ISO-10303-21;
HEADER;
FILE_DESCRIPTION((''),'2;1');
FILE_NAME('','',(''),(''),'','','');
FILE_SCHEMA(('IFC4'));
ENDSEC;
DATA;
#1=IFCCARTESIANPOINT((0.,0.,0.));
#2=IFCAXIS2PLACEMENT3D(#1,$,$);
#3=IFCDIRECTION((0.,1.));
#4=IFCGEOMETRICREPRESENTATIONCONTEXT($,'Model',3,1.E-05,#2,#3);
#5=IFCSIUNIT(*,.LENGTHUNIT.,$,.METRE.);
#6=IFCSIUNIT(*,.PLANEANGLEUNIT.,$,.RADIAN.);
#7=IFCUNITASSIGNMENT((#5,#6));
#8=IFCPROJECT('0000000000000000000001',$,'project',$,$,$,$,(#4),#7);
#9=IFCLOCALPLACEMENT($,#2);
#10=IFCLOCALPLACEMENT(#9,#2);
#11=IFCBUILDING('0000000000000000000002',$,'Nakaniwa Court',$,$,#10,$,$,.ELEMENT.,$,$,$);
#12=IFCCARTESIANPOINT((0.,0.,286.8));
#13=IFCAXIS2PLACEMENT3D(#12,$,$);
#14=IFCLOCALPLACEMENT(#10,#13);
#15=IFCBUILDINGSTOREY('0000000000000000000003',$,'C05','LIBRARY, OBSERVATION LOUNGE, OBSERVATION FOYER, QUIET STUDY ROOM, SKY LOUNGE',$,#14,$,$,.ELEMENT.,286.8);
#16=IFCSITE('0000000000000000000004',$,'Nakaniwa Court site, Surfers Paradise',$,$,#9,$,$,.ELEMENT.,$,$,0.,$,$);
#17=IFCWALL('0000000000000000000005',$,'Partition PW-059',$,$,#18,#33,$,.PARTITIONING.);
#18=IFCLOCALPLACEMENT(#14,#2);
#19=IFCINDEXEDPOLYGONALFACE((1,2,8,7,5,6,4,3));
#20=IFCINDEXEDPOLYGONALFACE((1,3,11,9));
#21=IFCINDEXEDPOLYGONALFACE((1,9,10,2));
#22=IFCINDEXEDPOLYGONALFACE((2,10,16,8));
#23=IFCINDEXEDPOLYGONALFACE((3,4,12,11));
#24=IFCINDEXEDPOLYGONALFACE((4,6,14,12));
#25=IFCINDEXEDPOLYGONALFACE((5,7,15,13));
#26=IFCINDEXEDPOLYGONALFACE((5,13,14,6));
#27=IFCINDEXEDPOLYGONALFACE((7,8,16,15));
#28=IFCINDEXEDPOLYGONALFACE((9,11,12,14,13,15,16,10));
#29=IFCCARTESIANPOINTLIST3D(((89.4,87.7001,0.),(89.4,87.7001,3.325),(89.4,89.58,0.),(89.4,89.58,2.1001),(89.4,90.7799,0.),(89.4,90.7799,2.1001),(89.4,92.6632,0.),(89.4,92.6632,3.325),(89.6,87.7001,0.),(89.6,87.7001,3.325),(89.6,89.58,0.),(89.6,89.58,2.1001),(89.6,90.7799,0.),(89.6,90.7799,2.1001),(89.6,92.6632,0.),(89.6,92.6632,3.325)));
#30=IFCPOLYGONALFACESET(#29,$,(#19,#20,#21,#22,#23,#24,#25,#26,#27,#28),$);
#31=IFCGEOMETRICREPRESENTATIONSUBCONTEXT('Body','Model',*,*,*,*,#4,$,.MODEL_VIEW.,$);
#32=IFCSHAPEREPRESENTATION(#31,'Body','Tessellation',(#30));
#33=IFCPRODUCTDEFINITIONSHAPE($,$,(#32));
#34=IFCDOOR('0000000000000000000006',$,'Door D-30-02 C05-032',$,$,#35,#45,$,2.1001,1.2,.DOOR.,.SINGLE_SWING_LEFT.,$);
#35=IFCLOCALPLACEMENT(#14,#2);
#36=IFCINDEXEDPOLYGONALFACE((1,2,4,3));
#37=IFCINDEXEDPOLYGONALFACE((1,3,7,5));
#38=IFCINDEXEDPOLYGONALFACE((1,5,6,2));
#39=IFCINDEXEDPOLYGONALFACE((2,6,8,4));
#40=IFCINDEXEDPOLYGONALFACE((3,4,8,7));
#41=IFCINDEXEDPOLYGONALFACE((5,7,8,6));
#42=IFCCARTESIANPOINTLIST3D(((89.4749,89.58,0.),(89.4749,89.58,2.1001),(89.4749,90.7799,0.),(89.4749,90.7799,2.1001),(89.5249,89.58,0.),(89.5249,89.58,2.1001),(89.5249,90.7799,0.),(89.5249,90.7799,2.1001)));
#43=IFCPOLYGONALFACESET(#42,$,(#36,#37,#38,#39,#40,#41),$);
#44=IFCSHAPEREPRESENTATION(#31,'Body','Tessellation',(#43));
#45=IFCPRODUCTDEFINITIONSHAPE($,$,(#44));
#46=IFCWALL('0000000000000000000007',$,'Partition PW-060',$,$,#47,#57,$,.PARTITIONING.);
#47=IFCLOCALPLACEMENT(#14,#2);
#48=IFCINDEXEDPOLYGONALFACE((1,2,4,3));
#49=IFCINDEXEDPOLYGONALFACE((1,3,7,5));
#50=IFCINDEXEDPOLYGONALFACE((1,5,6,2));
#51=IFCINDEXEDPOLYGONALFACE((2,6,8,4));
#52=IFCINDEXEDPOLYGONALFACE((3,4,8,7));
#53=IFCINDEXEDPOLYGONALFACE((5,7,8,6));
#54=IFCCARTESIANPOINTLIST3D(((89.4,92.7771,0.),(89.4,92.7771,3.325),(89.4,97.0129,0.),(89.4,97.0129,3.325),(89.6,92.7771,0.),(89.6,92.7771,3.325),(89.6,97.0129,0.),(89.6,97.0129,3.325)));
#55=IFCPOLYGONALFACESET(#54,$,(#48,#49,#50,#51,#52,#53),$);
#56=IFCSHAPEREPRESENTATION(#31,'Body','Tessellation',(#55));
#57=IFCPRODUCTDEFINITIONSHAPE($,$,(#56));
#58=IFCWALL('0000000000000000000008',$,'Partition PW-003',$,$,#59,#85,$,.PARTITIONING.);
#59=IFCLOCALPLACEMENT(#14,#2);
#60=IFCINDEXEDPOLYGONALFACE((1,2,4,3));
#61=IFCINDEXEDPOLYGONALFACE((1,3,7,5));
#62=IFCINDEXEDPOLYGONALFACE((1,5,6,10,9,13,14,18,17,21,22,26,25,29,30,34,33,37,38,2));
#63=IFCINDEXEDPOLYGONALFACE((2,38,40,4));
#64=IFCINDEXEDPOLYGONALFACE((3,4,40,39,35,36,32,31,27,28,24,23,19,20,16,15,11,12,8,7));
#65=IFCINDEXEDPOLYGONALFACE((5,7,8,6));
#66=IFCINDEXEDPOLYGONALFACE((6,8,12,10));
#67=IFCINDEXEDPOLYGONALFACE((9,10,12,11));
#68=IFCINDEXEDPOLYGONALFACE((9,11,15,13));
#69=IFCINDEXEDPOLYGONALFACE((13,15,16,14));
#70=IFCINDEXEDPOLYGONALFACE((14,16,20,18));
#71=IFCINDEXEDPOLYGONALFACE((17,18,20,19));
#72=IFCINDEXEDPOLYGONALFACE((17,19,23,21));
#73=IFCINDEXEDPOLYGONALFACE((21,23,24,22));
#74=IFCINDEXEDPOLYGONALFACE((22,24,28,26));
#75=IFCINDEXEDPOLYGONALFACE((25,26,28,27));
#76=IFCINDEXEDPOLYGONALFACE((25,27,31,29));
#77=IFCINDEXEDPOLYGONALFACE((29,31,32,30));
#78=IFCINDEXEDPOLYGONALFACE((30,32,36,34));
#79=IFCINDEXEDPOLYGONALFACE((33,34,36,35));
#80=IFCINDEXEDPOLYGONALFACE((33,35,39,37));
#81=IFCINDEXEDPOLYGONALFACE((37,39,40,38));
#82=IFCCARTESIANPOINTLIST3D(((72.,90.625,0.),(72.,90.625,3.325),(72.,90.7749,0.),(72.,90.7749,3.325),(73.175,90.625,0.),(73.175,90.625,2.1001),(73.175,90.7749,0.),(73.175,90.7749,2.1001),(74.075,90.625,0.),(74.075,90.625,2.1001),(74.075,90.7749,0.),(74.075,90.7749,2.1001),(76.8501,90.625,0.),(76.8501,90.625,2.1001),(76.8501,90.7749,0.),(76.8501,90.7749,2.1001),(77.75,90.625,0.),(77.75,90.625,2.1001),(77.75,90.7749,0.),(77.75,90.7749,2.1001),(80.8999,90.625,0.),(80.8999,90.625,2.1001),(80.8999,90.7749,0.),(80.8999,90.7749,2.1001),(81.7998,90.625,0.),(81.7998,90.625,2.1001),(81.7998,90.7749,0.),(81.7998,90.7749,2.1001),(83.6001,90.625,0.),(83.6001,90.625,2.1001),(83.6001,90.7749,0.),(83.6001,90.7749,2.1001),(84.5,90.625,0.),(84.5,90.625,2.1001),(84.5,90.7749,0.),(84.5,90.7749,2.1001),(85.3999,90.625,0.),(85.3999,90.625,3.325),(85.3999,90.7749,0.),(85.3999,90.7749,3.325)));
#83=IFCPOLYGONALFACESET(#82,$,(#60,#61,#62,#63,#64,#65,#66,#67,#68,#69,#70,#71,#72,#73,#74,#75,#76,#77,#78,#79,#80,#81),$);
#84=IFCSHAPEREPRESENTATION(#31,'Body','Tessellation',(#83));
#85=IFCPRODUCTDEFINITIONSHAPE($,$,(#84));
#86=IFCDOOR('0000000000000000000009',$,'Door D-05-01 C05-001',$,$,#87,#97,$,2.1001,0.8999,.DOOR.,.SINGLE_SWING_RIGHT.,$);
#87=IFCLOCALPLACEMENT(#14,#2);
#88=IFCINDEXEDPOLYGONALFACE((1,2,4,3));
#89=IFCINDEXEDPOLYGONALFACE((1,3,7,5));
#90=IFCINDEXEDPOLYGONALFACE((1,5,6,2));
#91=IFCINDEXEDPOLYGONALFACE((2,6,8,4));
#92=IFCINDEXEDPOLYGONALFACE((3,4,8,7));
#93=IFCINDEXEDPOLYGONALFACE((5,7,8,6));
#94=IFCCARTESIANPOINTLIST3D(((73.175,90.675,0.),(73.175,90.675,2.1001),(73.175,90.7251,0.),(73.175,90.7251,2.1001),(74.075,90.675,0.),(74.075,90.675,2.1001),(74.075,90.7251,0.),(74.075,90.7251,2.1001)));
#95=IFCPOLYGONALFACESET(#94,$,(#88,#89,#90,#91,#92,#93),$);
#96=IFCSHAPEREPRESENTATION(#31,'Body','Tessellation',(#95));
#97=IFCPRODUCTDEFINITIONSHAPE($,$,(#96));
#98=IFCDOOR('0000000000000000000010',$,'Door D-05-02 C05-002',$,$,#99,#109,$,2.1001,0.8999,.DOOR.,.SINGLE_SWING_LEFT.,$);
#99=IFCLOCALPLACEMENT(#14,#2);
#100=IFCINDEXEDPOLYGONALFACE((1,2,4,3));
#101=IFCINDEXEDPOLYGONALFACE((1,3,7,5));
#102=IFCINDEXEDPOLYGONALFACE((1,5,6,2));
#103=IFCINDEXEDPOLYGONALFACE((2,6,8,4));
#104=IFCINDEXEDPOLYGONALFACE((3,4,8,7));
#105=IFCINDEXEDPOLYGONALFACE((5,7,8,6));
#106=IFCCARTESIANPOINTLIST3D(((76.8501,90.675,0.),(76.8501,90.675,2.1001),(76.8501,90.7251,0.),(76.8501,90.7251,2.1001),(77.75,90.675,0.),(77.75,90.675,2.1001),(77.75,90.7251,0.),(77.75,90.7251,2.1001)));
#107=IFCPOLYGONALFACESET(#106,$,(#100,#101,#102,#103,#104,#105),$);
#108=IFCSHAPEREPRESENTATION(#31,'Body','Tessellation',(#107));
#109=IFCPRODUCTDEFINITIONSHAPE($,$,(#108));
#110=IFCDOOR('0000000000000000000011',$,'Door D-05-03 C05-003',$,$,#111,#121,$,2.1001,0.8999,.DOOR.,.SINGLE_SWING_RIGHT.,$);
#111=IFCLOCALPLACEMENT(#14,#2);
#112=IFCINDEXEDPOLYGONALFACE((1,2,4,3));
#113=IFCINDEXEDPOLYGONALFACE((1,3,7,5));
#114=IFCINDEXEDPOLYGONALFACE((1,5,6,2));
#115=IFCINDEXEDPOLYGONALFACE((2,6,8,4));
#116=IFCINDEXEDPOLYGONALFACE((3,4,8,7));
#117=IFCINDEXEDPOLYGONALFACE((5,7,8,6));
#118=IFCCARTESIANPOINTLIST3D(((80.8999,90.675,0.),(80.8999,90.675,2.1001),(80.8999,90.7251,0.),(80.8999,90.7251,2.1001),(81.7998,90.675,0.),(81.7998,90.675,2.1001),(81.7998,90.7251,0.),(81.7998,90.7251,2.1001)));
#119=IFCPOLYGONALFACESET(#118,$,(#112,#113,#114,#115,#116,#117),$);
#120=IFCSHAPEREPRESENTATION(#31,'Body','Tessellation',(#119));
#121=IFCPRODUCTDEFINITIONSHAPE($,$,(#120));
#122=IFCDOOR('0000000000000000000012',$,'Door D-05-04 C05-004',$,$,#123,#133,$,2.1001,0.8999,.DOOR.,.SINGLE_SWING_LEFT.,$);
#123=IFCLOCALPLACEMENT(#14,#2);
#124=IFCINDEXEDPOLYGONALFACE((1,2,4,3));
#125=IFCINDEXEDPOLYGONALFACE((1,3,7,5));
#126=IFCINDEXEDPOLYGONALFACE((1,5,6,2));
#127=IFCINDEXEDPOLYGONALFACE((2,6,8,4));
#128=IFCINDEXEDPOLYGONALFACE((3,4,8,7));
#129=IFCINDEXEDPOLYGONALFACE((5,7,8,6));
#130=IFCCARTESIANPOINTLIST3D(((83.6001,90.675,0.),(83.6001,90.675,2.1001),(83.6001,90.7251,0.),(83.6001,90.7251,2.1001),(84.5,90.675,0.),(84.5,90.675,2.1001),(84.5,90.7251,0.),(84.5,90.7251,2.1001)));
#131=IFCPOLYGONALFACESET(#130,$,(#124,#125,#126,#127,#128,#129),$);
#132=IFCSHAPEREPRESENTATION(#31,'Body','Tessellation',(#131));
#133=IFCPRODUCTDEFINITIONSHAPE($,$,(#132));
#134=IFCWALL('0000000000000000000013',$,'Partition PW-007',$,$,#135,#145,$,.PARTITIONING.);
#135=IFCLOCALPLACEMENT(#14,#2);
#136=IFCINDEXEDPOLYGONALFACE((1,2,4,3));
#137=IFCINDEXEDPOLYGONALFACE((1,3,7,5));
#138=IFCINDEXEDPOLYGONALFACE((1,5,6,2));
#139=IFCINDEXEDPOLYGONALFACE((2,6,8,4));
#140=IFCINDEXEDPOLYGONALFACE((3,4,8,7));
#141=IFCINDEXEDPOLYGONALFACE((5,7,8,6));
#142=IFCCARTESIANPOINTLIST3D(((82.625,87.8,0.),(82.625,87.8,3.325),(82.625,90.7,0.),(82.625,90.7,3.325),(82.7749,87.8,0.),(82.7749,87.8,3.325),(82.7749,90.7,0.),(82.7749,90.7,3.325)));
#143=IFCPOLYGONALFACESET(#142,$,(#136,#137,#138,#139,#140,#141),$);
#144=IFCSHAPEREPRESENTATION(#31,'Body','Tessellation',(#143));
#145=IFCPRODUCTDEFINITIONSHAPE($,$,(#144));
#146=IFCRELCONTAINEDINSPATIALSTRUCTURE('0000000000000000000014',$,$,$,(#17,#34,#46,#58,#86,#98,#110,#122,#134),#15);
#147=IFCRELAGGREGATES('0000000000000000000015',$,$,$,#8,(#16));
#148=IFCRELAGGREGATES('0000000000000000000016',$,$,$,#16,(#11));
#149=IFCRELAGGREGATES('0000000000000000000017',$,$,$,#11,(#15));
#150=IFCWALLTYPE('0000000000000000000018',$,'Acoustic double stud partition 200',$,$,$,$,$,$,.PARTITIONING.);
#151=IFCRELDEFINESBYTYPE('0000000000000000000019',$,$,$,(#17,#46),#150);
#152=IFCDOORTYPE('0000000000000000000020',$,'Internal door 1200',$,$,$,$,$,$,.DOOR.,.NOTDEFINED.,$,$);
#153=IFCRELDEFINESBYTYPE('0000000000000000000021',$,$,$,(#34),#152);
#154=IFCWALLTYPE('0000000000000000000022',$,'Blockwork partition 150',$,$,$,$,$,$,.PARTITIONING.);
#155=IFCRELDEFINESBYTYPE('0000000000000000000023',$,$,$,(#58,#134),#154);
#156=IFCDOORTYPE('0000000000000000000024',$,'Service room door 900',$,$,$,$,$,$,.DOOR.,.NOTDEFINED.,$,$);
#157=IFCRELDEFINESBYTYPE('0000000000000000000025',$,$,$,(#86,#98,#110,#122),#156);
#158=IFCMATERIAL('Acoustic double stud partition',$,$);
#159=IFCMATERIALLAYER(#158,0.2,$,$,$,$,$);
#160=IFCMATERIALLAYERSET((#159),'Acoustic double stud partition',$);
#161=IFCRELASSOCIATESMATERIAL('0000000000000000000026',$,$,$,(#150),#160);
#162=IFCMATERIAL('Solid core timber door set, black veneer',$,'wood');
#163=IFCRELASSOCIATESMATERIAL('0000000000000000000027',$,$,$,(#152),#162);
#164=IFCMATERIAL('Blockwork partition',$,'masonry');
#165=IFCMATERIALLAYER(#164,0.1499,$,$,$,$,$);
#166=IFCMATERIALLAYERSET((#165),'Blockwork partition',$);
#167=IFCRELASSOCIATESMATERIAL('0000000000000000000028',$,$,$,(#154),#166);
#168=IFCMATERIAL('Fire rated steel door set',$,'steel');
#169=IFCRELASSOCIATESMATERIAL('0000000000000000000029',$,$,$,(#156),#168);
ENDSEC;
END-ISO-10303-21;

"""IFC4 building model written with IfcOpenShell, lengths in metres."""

from ifc_helpers import new_model, si_unit, direction, frame, frame_2d, origin, place, context, subcontext, project, spatial, rectangle, extrude, material, layer, layer_set, type_object, element, fill, save


model = new_model("IFC4")

# Units and contexts
model_context = context("Model", 3, precision=1e-05, world=origin(), true_north=direction((0.0, 1.0)))
body_context = subcontext(model_context, "Body", "Model", "MODEL_VIEW")
ifc_project = project(units=[si_unit("LENGTHUNIT", "METRE"), si_unit("PLANEANGLEUNIT", "RADIAN")], contexts=[model_context])

# Site, building, storey
site_placement = place(None, origin())
site = spatial("IfcSite", under=ifc_project, at=site_placement, Name="Nakaniwa Court site, Surfers Paradise", CompositionType="ELEMENT", RefElevation=0.0)
building_placement = place(site_placement, origin())
building = spatial("IfcBuilding", under=site, at=building_placement, Name="Nakaniwa Court", CompositionType="ELEMENT")
storey_placement = place(building_placement, frame((0.0, 0.0, 286.8)))
storey = spatial("IfcBuildingStorey", under=building, at=storey_placement, Name="C05", Description="LIBRARY, OBSERVATION LOUNGE, OBSERVATION FOYER, QUIET STUDY ROOM, SKY LOUNGE", CompositionType="ELEMENT", Elevation=286.8)

# Wall, opening, door
ifc_material_1 = material(Name="Acoustic double stud partition")
ifc_layer_1 = layer(ifc_material_1, 0.2)
ifc_layer_set_1 = layer_set([ifc_layer_1], Name="Acoustic double stud partition")
wall_type_1 = type_object("IfcWallType", Name="Acoustic double stud partition 200", PredefinedType="PARTITIONING", material=ifc_layer_set_1)
wall_1_placement = place(storey_placement, frame((89.5, 92.6631, 0.0), z_axis=(0.0, 0.0, 1.0), x_axis=(0.0, -1.0, 0.0)))
wall_1 = element("IfcWall", 1, at=wall_1_placement, inside=storey, type_object=wall_type_1, Name="Partition PW-059", PredefinedType="PARTITIONING", context=body_context, shape_type="SweptSolid", body=[
    extrude(rectangle(XDim=4.9631, YDim=0.2, at=frame_2d((2.4814, 0.0))), origin(), (0.0, 0.0, 1.0), 3.325),
])
opening_1_placement = place(wall_1_placement, frame((1.8831, 0.0, 0.0)))
opening_1 = element("IfcOpeningElement", 2, at=opening_1_placement, cuts=wall_1, PredefinedType="OPENING", context=body_context, shape_type="SweptSolid", body=[
    extrude(rectangle(XDim=1.2, YDim=2.1001, at=frame_2d((0.6001, 1.05))), frame((0.0, 0.1099, 0.0), z_axis=(0.0, -1.0, 0.0), x_axis=(1.0, 0.0, 0.0)), (0.0, 0.0, 1.0), 0.22),
])
ifc_material_2 = material(Name="Solid core timber door set, black veneer", Category="wood")
door_type_1 = type_object("IfcDoorType", Name="Internal door 1200", OperationType="NOTDEFINED", PredefinedType="DOOR", material=ifc_material_2)
door_1_placement = place(opening_1_placement, origin())
door_1 = element("IfcDoor", 3, at=door_1_placement, inside=storey, type_object=door_type_1, Name="Door D-30-02 C05-032", OperationType="SINGLE_SWING_LEFT", OverallHeight=2.1001, OverallWidth=1.2, PredefinedType="DOOR", context=body_context, shape_type="SweptSolid", body=[
    extrude(rectangle(XDim=1.2, YDim=2.1001, at=frame_2d((0.6001, 1.05))), frame((0.0, 0.0249, 0.0), z_axis=(0.0, -1.0, 0.0), x_axis=(1.0, 0.0, 0.0)), (0.0, 0.0, 1.0), 0.05),
])
fill(opening_1, door_1)

# Wall
wall_2_placement = place(storey_placement, frame((89.5, 92.7771, 0.0), z_axis=(0.0, 0.0, 1.0), x_axis=(0.0, 1.0, 0.0)))
element("IfcWall", 4, at=wall_2_placement, inside=storey, type_object=wall_type_1, Name="Partition PW-060", PredefinedType="PARTITIONING", context=body_context, shape_type="SweptSolid", body=[
    extrude(rectangle(XDim=4.2358, YDim=0.2, at=frame_2d((2.1179, 0.0))), origin(), (0.0, 0.0, 1.0), 3.325),
])

# Wall, openings, doors
ifc_material_3 = material(Name="Blockwork partition", Category="masonry")
ifc_layer_2 = layer(ifc_material_3, 0.1499)
ifc_layer_set_2 = layer_set([ifc_layer_2], Name="Blockwork partition")
wall_type_2 = type_object("IfcWallType", Name="Blockwork partition 150", PredefinedType="PARTITIONING", material=ifc_layer_set_2)
wall_3_placement = place(storey_placement, frame((85.3999, 90.7, 0.0), z_axis=(0.0, 0.0, 1.0), x_axis=(-1.0, 0.0, 0.0)))
wall_3 = element("IfcWall", 5, at=wall_3_placement, inside=storey, type_object=wall_type_2, Name="Partition PW-003", PredefinedType="PARTITIONING", context=body_context, shape_type="SweptSolid", body=[
    extrude(rectangle(XDim=13.3999, YDim=0.1499, at=frame_2d((6.7, 0.0))), origin(), (0.0, 0.0, 1.0), 3.325),
])
opening_2_placement = place(wall_3_placement, frame((11.325, 0.0, 0.0)))
opening_2 = element("IfcOpeningElement", 6, at=opening_2_placement, cuts=wall_3, PredefinedType="OPENING", context=body_context, shape_type="SweptSolid", body=[
    extrude(rectangle(XDim=0.8999, YDim=2.1001, at=frame_2d((0.45, 1.05))), frame((0.0, 0.085, 0.0), z_axis=(0.0, -1.0, 0.0), x_axis=(1.0, 0.0, 0.0)), (0.0, 0.0, 1.0), 0.1699),
])
opening_3_placement = place(wall_3_placement, frame((7.6499, 0.0, 0.0)))
opening_3 = element("IfcOpeningElement", 7, at=opening_3_placement, cuts=wall_3, PredefinedType="OPENING", context=body_context, shape_type="SweptSolid", body=[
    extrude(rectangle(XDim=0.8999, YDim=2.1001, at=frame_2d((0.45, 1.05))), frame((0.0, 0.085, 0.0), z_axis=(0.0, -1.0, 0.0), x_axis=(1.0, 0.0, 0.0)), (0.0, 0.0, 1.0), 0.1699),
])
opening_4_placement = place(wall_3_placement, frame((3.6001, 0.0, 0.0)))
opening_4 = element("IfcOpeningElement", 8, at=opening_4_placement, cuts=wall_3, PredefinedType="OPENING", context=body_context, shape_type="SweptSolid", body=[
    extrude(rectangle(XDim=0.8999, YDim=2.1001, at=frame_2d((0.45, 1.05))), frame((0.0, 0.085, 0.0), z_axis=(0.0, -1.0, 0.0), x_axis=(1.0, 0.0, 0.0)), (0.0, 0.0, 1.0), 0.1699),
])
opening_5_placement = place(wall_3_placement, frame((0.8999, 0.0, 0.0)))
opening_5 = element("IfcOpeningElement", 9, at=opening_5_placement, cuts=wall_3, PredefinedType="OPENING", context=body_context, shape_type="SweptSolid", body=[
    extrude(rectangle(XDim=0.8999, YDim=2.1001, at=frame_2d((0.45, 1.05))), frame((0.0, 0.085, 0.0), z_axis=(0.0, -1.0, 0.0), x_axis=(1.0, 0.0, 0.0)), (0.0, 0.0, 1.0), 0.1699),
])
ifc_material_4 = material(Name="Fire rated steel door set", Category="steel")
door_type_2 = type_object("IfcDoorType", Name="Service room door 900", OperationType="NOTDEFINED", PredefinedType="DOOR", material=ifc_material_4)
door_2_placement = place(opening_2_placement, origin())
door_2 = element("IfcDoor", 10, at=door_2_placement, inside=storey, type_object=door_type_2, Name="Door D-05-01 C05-001", OperationType="SINGLE_SWING_RIGHT", OverallHeight=2.1001, OverallWidth=0.8999, PredefinedType="DOOR", context=body_context, shape_type="SweptSolid", body=[
    extrude(rectangle(XDim=0.8999, YDim=2.1001, at=frame_2d((0.45, 1.05))), frame((0.0, 0.0249, 0.0), z_axis=(0.0, -1.0, 0.0), x_axis=(1.0, 0.0, 0.0)), (0.0, 0.0, 1.0), 0.05),
])
fill(opening_2, door_2)
door_3_placement = place(opening_3_placement, origin())
door_3 = element("IfcDoor", 11, at=door_3_placement, inside=storey, type_object=door_type_2, Name="Door D-05-02 C05-002", OperationType="SINGLE_SWING_LEFT", OverallHeight=2.1001, OverallWidth=0.8999, PredefinedType="DOOR", context=body_context, shape_type="SweptSolid", body=[
    extrude(rectangle(XDim=0.8999, YDim=2.1001, at=frame_2d((0.45, 1.05))), frame((0.0, 0.0249, 0.0), z_axis=(0.0, -1.0, 0.0), x_axis=(1.0, 0.0, 0.0)), (0.0, 0.0, 1.0), 0.05),
])
fill(opening_3, door_3)
door_4_placement = place(opening_4_placement, origin())
door_4 = element("IfcDoor", 12, at=door_4_placement, inside=storey, type_object=door_type_2, Name="Door D-05-03 C05-003", OperationType="SINGLE_SWING_RIGHT", OverallHeight=2.1001, OverallWidth=0.8999, PredefinedType="DOOR", context=body_context, shape_type="SweptSolid", body=[
    extrude(rectangle(XDim=0.8999, YDim=2.1001, at=frame_2d((0.45, 1.05))), frame((0.0, 0.0249, 0.0), z_axis=(0.0, -1.0, 0.0), x_axis=(1.0, 0.0, 0.0)), (0.0, 0.0, 1.0), 0.05),
])
fill(opening_4, door_4)
door_5_placement = place(opening_5_placement, origin())
door_5 = element("IfcDoor", 13, at=door_5_placement, inside=storey, type_object=door_type_2, Name="Door D-05-04 C05-004", OperationType="SINGLE_SWING_LEFT", OverallHeight=2.1001, OverallWidth=0.8999, PredefinedType="DOOR", context=body_context, shape_type="SweptSolid", body=[
    extrude(rectangle(XDim=0.8999, YDim=2.1001, at=frame_2d((0.45, 1.05))), frame((0.0, 0.0249, 0.0), z_axis=(0.0, -1.0, 0.0), x_axis=(1.0, 0.0, 0.0)), (0.0, 0.0, 1.0), 0.05),
])
fill(opening_5, door_5)

# Wall
wall_4_placement = place(storey_placement, frame((82.7, 87.8, 0.0), z_axis=(0.0, 0.0, 1.0), x_axis=(0.0, 1.0, 0.0)))
element("IfcWall", 14, at=wall_4_placement, inside=storey, type_object=wall_type_2, Name="Partition PW-007", PredefinedType="PARTITIONING", context=body_context, shape_type="SweptSolid", body=[
    extrude(rectangle(XDim=2.8999, YDim=0.1499, at=frame_2d((1.45, 0.0))), origin(), (0.0, 0.0, 1.0), 3.325),
])

save(model, "model.ifc")
